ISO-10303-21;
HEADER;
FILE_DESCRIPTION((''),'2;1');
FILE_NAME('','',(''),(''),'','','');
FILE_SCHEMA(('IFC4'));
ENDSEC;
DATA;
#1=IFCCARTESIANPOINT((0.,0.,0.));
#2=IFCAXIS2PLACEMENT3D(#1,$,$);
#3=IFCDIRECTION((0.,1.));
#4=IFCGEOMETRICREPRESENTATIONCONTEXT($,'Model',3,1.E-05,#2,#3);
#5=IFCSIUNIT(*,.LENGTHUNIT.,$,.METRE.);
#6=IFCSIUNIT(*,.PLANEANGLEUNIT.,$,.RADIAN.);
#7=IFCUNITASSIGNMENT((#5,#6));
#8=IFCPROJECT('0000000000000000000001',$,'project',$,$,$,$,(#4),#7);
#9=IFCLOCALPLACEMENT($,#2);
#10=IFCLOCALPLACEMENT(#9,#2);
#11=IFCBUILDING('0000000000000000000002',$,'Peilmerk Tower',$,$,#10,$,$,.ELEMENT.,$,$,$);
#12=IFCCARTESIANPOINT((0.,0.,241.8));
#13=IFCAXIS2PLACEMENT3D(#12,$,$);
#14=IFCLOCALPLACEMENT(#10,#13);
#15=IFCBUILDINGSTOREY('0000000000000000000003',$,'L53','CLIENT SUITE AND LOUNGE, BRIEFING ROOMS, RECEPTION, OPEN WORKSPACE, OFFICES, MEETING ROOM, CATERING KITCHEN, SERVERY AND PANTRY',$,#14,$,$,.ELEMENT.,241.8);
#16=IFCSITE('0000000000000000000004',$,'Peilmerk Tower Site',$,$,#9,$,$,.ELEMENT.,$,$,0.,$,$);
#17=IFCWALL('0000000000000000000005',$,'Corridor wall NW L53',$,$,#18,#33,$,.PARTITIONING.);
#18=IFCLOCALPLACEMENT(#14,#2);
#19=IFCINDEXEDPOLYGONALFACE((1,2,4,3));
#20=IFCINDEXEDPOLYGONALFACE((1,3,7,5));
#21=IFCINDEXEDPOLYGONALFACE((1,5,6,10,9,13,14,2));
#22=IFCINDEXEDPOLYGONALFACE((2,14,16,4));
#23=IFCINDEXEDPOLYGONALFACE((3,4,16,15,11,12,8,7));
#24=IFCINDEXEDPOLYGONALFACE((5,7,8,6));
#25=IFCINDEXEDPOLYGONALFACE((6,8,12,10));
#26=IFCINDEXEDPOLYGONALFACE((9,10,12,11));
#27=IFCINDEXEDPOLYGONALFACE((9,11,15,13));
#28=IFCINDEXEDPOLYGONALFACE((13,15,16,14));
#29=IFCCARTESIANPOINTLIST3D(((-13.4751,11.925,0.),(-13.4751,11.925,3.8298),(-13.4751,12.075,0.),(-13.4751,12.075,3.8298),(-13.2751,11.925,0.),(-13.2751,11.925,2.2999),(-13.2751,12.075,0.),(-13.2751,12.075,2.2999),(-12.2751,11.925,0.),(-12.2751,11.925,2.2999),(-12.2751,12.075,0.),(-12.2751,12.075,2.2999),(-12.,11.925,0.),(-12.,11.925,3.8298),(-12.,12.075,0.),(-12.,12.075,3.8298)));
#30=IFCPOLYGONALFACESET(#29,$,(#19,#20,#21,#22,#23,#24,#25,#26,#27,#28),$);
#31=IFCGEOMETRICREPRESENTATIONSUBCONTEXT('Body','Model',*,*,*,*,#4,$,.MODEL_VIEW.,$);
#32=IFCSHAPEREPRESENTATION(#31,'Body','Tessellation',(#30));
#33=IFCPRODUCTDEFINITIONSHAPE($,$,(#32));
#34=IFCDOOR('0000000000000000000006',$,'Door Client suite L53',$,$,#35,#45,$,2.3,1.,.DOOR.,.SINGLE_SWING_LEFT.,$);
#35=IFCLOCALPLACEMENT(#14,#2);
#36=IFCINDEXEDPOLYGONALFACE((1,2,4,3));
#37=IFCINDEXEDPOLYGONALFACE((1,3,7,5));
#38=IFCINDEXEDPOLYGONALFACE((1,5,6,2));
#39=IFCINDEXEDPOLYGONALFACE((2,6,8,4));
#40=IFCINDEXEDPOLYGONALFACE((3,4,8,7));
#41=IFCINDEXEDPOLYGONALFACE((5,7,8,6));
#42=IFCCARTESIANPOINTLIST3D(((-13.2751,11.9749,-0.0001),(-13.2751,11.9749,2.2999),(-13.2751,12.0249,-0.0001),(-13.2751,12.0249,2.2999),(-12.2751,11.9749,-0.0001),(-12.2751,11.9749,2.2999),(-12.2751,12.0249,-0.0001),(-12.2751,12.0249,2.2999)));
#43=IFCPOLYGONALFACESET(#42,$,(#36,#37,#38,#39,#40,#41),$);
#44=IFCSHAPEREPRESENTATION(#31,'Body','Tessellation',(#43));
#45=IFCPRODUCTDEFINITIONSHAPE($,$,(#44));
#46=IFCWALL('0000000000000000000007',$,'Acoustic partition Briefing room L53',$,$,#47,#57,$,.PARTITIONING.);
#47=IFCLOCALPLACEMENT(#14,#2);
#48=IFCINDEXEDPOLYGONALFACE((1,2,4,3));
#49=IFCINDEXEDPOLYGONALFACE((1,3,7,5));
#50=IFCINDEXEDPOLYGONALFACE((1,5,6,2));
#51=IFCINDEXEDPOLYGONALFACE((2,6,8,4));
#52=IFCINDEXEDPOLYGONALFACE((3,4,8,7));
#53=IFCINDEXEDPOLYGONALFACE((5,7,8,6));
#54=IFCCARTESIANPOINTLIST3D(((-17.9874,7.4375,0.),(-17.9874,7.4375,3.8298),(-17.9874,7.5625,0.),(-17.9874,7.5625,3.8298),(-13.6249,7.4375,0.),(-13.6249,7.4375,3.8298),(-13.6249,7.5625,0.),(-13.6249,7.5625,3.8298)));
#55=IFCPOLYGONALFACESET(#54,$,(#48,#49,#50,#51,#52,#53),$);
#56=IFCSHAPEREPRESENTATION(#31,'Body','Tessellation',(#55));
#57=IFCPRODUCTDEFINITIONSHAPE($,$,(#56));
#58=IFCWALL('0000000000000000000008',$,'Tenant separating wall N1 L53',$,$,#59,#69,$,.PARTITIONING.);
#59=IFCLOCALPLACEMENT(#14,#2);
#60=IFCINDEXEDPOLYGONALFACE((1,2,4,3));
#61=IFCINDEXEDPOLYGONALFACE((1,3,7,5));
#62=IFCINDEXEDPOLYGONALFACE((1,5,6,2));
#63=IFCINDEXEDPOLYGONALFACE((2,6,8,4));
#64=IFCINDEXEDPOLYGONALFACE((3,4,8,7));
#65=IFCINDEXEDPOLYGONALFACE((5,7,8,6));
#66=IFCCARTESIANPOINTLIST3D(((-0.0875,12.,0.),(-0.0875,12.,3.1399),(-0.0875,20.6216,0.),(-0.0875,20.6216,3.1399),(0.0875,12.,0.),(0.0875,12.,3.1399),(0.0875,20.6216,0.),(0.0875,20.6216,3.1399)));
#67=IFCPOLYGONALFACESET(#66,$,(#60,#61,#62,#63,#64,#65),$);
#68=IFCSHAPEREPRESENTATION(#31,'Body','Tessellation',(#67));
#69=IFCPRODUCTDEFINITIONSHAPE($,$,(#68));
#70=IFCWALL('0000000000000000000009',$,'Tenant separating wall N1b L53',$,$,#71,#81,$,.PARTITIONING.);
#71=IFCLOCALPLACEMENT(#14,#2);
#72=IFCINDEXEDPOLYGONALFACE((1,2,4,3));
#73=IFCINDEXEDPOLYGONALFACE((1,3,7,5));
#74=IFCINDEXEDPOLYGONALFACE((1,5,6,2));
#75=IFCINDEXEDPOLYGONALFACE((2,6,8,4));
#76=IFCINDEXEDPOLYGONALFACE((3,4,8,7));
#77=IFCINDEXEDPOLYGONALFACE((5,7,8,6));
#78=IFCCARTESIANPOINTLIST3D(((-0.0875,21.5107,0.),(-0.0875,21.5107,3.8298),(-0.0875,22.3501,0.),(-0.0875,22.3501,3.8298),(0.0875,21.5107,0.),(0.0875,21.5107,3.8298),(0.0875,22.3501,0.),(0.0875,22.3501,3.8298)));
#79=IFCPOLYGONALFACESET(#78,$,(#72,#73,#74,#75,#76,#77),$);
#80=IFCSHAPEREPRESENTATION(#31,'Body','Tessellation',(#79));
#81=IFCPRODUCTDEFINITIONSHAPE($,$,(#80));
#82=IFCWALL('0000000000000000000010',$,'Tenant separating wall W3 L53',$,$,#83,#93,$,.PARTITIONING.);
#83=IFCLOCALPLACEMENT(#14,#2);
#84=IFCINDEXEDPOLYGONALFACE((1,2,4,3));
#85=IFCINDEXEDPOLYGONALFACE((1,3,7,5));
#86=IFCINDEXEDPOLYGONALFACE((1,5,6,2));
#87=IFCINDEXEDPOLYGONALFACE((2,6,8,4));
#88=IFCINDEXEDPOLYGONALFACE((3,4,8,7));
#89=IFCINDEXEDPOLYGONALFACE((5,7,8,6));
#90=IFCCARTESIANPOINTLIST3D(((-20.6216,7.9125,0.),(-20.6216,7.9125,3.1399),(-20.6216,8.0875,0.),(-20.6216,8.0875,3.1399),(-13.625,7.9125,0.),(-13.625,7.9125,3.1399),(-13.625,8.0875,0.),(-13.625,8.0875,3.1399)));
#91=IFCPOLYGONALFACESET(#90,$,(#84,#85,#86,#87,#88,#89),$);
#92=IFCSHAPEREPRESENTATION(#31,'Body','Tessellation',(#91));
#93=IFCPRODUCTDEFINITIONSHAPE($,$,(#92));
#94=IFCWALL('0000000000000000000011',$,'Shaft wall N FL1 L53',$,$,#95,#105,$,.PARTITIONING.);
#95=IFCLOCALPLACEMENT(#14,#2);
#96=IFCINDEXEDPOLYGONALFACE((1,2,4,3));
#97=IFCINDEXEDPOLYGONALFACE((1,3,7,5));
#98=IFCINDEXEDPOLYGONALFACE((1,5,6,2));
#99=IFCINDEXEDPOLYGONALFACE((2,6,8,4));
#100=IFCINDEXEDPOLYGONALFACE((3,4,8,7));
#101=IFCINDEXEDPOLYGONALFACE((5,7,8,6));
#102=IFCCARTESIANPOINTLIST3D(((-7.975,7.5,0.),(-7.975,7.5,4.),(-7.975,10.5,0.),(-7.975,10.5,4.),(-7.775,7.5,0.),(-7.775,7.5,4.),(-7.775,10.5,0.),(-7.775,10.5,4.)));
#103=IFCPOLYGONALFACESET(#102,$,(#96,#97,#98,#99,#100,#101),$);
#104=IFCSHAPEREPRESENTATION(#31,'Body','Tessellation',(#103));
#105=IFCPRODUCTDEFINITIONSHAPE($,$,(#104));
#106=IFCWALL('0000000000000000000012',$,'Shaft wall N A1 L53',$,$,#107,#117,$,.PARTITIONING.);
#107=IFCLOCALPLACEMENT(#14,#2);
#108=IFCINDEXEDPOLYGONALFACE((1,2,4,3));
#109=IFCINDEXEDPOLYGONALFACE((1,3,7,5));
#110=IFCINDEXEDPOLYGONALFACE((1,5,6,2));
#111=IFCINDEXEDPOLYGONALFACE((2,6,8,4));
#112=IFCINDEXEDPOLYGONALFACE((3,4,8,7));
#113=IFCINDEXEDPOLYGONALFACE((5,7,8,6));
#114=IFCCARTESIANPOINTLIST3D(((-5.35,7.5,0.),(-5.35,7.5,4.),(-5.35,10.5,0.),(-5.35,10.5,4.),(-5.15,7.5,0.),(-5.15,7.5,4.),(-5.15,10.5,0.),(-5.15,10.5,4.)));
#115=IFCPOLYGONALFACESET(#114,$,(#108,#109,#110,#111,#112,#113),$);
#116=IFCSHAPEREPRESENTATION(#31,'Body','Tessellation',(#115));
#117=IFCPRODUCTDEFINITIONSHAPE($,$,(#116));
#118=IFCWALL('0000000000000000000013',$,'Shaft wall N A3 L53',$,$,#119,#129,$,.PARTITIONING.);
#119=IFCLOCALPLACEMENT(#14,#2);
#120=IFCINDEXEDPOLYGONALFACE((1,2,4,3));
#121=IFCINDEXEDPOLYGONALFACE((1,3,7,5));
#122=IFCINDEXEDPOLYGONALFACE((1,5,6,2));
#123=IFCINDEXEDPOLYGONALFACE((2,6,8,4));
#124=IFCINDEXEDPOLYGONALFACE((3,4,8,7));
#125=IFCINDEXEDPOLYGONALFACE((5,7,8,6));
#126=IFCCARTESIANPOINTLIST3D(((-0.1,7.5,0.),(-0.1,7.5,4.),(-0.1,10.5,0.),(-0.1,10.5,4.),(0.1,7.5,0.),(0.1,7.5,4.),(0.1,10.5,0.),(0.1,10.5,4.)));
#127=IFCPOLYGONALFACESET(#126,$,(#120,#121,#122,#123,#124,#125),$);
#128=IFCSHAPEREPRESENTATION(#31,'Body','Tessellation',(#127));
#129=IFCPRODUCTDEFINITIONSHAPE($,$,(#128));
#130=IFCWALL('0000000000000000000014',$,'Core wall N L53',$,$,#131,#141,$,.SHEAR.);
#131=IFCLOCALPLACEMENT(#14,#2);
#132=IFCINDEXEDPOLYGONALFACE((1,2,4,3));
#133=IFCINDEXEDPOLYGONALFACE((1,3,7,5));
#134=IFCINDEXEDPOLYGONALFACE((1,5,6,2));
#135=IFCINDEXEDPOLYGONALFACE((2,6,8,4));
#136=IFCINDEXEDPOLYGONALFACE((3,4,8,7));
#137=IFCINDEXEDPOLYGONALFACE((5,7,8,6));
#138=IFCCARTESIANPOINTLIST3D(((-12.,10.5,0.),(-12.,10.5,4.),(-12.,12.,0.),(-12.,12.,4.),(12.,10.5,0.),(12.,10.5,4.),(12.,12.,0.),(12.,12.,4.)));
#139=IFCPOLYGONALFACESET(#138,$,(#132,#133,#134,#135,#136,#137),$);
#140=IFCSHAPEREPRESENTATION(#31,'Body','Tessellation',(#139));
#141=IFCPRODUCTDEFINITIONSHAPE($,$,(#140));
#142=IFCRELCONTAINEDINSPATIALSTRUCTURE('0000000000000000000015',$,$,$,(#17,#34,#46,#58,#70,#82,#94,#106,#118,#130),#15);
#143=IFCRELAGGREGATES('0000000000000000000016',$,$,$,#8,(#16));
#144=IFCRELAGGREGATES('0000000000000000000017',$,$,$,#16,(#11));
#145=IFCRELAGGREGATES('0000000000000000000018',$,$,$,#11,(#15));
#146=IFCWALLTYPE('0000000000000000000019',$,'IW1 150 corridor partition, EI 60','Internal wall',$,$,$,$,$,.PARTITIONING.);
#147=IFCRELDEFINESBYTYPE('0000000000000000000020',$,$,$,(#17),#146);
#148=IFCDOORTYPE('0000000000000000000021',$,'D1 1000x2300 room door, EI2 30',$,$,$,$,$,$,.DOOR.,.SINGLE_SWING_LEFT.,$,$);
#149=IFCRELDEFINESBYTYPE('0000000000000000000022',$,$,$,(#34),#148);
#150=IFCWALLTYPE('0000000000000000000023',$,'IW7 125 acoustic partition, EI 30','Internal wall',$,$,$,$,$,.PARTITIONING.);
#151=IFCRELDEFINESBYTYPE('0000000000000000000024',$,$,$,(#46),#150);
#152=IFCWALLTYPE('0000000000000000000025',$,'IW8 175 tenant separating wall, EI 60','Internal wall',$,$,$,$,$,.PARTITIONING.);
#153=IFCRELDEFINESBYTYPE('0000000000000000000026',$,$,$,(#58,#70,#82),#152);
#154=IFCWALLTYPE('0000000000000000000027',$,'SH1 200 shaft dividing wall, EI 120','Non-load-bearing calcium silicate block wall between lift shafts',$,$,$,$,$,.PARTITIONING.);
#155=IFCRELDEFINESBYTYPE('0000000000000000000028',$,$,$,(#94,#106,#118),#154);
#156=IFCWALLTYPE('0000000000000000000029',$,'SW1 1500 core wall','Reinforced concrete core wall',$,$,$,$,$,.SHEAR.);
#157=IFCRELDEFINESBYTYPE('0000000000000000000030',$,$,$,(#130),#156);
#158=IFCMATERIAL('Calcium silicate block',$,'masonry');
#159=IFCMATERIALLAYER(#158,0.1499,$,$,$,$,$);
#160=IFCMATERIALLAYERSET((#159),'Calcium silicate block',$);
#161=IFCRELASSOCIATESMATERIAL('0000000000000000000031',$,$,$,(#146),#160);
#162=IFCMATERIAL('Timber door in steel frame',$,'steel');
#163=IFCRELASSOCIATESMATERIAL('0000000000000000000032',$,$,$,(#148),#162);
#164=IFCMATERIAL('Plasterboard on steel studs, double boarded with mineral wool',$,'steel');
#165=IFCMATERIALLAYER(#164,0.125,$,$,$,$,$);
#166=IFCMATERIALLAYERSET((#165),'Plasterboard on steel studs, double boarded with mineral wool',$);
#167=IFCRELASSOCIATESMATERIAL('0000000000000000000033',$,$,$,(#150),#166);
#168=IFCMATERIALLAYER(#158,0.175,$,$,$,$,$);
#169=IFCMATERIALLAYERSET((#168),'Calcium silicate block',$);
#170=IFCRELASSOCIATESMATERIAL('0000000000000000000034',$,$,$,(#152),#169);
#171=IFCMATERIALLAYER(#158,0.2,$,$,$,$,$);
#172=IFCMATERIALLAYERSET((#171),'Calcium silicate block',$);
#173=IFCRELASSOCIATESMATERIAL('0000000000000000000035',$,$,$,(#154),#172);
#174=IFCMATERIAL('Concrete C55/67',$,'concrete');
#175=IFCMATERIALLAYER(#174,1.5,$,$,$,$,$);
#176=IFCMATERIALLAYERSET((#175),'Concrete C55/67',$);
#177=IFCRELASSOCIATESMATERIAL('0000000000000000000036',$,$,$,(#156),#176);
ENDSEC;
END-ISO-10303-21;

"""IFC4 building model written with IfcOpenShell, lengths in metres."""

from ifc_helpers import new_model, si_unit, direction, frame, frame_2d, origin, place, context, subcontext, project, spatial, rectangle, extrude, material, layer, layer_set, type_object, element, fill, save


model = new_model("IFC4")

# Units and contexts
model_context = context("Model", 3, precision=1e-05, world=origin(), true_north=direction((0.0, 1.0)))
body_context = subcontext(model_context, "Body", "Model", "MODEL_VIEW")
ifc_project = project(units=[si_unit("LENGTHUNIT", "METRE"), si_unit("PLANEANGLEUNIT", "RADIAN")], contexts=[model_context])

# Site, building, storey
site_placement = place(None, origin())
site = spatial("IfcSite", under=ifc_project, at=site_placement, Name="Peilmerk Tower Site", CompositionType="ELEMENT", RefElevation=0.0)
building_placement = place(site_placement, origin())
building = spatial("IfcBuilding", under=site, at=building_placement, Name="Peilmerk Tower", CompositionType="ELEMENT")
storey_placement = place(building_placement, frame((0.0, 0.0, 241.8)))
storey = spatial("IfcBuildingStorey", under=building, at=storey_placement, Name="L53", Description="CLIENT SUITE AND LOUNGE, BRIEFING ROOMS, RECEPTION, OPEN WORKSPACE, OFFICES, MEETING ROOM, CATERING KITCHEN, SERVERY AND PANTRY", CompositionType="ELEMENT", Elevation=241.8)

# Shared definitions
ifc_material_1 = material(Name="Calcium silicate block", Category="masonry")
ifc_layer_1 = layer(ifc_material_1, 0.1499)
ifc_layer_set_1 = layer_set([ifc_layer_1], Name="Calcium silicate block")
wall_type_1 = type_object("IfcWallType", Name="IW1 150 corridor partition, EI 60", Description="Internal wall", PredefinedType="PARTITIONING", material=ifc_layer_set_1)
ifc_material_2 = material(Name="Timber door in steel frame", Category="steel")
door_type_1 = type_object("IfcDoorType", Name="D1 1000x2300 room door, EI2 30", OperationType="SINGLE_SWING_LEFT", PredefinedType="DOOR", material=ifc_material_2)

# Wall, opening, door
wall_1_placement = place(storey_placement, frame((-13.4751, 12.0, 0.0), z_axis=(0.0, 0.0, 1.0), x_axis=(1.0, 0.0, 0.0)))
wall_1 = element("IfcWall", 1, at=wall_1_placement, inside=storey, type_object=wall_type_1, Name="Corridor wall NW L53", PredefinedType="PARTITIONING", context=body_context, shape_type="SweptSolid", body=[
    extrude(rectangle(XDim=1.4751, YDim=0.1499, at=frame_2d((0.7375, 0.0))), origin(), (0.0, 0.0, 1.0), 3.8298),
])
opening_1_placement = place(wall_1_placement, frame((0.2, 0.0, 0.0)))
opening_1 = element("IfcOpeningElement", 2, at=opening_1_placement, cuts=wall_1, PredefinedType="OPENING", context=body_context, shape_type="SweptSolid", body=[
    extrude(rectangle(XDim=1.0, YDim=2.3, at=frame_2d((0.5, 1.1499))), frame((0.0, 0.085, 0.0), z_axis=(0.0, -1.0, 0.0), x_axis=(1.0, 0.0, 0.0)), (0.0, 0.0, 1.0), 0.1699),
])
door_1_placement = place(opening_1_placement, origin())
door_1 = element("IfcDoor", 3, at=door_1_placement, inside=storey, type_object=door_type_1, Name="Door Client suite L53", OperationType="SINGLE_SWING_LEFT", OverallHeight=2.3, OverallWidth=1.0, PredefinedType="DOOR", context=body_context, shape_type="SweptSolid", body=[
    extrude(rectangle(XDim=1.0, YDim=2.3, at=frame_2d((0.5, 1.1499))), frame((0.0, 0.0249, 0.0), z_axis=(0.0, -1.0, 0.0), x_axis=(1.0, 0.0, 0.0)), (0.0, 0.0, 1.0), 0.05),
])
fill(opening_1, door_1)

# Walls
ifc_material_3 = material(Name="Plasterboard on steel studs, double boarded with mineral wool", Category="steel")
ifc_layer_2 = layer(ifc_material_3, 0.125)
ifc_layer_set_2 = layer_set([ifc_layer_2], Name="Plasterboard on steel studs, double boarded with mineral wool")
wall_type_2 = type_object("IfcWallType", Name="IW7 125 acoustic partition, EI 30", Description="Internal wall", PredefinedType="PARTITIONING", material=ifc_layer_set_2)
wall_2_placement = place(storey_placement, frame((-13.625, 7.5, 0.0), z_axis=(0.0, 0.0, 1.0), x_axis=(-1.0, 0.0, 0.0)))
element("IfcWall", 4, at=wall_2_placement, inside=storey, type_object=wall_type_2, Name="Acoustic partition Briefing room L53", PredefinedType="PARTITIONING", context=body_context, shape_type="SweptSolid", body=[
    extrude(rectangle(XDim=4.3625, YDim=0.125, at=frame_2d((2.1812, 0.0))), origin(), (0.0, 0.0, 1.0), 3.8298),
])
ifc_layer_3 = layer(ifc_material_1, 0.175)
ifc_layer_set_3 = layer_set([ifc_layer_3], Name="Calcium silicate block")
wall_type_3 = type_object("IfcWallType", Name="IW8 175 tenant separating wall, EI 60", Description="Internal wall", PredefinedType="PARTITIONING", material=ifc_layer_set_3)
wall_3_placement = place(storey_placement, frame((0.0, 12.0, 0.0), z_axis=(0.0, 0.0, 1.0), x_axis=(0.0, 1.0, 0.0)))
element("IfcWall", 5, at=wall_3_placement, inside=storey, type_object=wall_type_3, Name="Tenant separating wall N1 L53", PredefinedType="PARTITIONING", context=body_context, shape_type="SweptSolid", body=[
    extrude(rectangle(XDim=8.6216, YDim=0.175, at=frame_2d((4.3108, 0.0))), origin(), (0.0, 0.0, 1.0), 3.1399),
])
wall_4_placement = place(storey_placement, frame((0.0, 21.5107, 0.0), z_axis=(0.0, 0.0, 1.0), x_axis=(0.0, 1.0, 0.0)))
element("IfcWall", 6, at=wall_4_placement, inside=storey, type_object=wall_type_3, Name="Tenant separating wall N1b L53", PredefinedType="PARTITIONING", context=body_context, shape_type="SweptSolid", body=[
    extrude(rectangle(XDim=0.8394, YDim=0.175, at=frame_2d((0.4197, 0.0))), origin(), (0.0, 0.0, 1.0), 3.8298),
])
wall_5_placement = place(storey_placement, frame((-13.625, 8.0, 0.0), z_axis=(0.0, 0.0, 1.0), x_axis=(-1.0, 0.0, 0.0)))
element("IfcWall", 7, at=wall_5_placement, inside=storey, type_object=wall_type_3, Name="Tenant separating wall W3 L53", PredefinedType="PARTITIONING", context=body_context, shape_type="SweptSolid", body=[
    extrude(rectangle(XDim=6.9966, YDim=0.175, at=frame_2d((3.4983, 0.0))), origin(), (0.0, 0.0, 1.0), 3.1399),
])
ifc_layer_4 = layer(ifc_material_1, 0.2)
ifc_layer_set_4 = layer_set([ifc_layer_4], Name="Calcium silicate block")
wall_type_4 = type_object("IfcWallType", Name="SH1 200 shaft dividing wall, EI 120", Description="Non-load-bearing calcium silicate block wall between lift shafts", PredefinedType="PARTITIONING", material=ifc_layer_set_4)
for number, where, z_axis, x_axis, name in (
    (8, (-7.875, 7.5, 0.0), (0.0, 0.0, 1.0), (0.0, 1.0, 0.0), "Shaft wall N FL1 L53"),
    (9, (-5.25, 7.5, 0.0), (0.0, 0.0, 1.0), (0.0, 1.0, 0.0), "Shaft wall N A1 L53"),
    (10, (0.0, 7.5, 0.0), (0.0, 0.0, 1.0), (0.0, 1.0, 0.0), "Shaft wall N A3 L53"),
):
    element("IfcWall", number, at=place(storey_placement, frame(where, z_axis=z_axis, x_axis=x_axis)), inside=storey, type_object=wall_type_4, Name=name, PredefinedType="PARTITIONING", context=body_context, shape_type="SweptSolid", body=[
        extrude(rectangle(XDim=3.0, YDim=0.2, at=frame_2d((1.5, 0.0))), origin(), (0.0, 0.0, 1.0), 4.0),
    ])
ifc_material_4 = material(Name="Concrete C55/67", Category="concrete")
ifc_layer_5 = layer(ifc_material_4, 1.5)
ifc_layer_set_5 = layer_set([ifc_layer_5], Name="Concrete C55/67")
wall_type_5 = type_object("IfcWallType", Name="SW1 1500 core wall", Description="Reinforced concrete core wall", PredefinedType="SHEAR", material=ifc_layer_set_5)
wall_6_placement = place(storey_placement, frame((-12.0, 11.25, 0.0), z_axis=(0.0, 0.0, 1.0), x_axis=(1.0, 0.0, 0.0)))
element("IfcWall", 11, at=wall_6_placement, inside=storey, type_object=wall_type_5, Name="Core wall N L53", PredefinedType="SHEAR", context=body_context, shape_type="SweptSolid", body=[
    extrude(rectangle(XDim=24.0, YDim=1.5, at=frame_2d((12.0, 0.0))), origin(), (0.0, 0.0, 1.0), 4.0),
])

save(model, "model.ifc")
